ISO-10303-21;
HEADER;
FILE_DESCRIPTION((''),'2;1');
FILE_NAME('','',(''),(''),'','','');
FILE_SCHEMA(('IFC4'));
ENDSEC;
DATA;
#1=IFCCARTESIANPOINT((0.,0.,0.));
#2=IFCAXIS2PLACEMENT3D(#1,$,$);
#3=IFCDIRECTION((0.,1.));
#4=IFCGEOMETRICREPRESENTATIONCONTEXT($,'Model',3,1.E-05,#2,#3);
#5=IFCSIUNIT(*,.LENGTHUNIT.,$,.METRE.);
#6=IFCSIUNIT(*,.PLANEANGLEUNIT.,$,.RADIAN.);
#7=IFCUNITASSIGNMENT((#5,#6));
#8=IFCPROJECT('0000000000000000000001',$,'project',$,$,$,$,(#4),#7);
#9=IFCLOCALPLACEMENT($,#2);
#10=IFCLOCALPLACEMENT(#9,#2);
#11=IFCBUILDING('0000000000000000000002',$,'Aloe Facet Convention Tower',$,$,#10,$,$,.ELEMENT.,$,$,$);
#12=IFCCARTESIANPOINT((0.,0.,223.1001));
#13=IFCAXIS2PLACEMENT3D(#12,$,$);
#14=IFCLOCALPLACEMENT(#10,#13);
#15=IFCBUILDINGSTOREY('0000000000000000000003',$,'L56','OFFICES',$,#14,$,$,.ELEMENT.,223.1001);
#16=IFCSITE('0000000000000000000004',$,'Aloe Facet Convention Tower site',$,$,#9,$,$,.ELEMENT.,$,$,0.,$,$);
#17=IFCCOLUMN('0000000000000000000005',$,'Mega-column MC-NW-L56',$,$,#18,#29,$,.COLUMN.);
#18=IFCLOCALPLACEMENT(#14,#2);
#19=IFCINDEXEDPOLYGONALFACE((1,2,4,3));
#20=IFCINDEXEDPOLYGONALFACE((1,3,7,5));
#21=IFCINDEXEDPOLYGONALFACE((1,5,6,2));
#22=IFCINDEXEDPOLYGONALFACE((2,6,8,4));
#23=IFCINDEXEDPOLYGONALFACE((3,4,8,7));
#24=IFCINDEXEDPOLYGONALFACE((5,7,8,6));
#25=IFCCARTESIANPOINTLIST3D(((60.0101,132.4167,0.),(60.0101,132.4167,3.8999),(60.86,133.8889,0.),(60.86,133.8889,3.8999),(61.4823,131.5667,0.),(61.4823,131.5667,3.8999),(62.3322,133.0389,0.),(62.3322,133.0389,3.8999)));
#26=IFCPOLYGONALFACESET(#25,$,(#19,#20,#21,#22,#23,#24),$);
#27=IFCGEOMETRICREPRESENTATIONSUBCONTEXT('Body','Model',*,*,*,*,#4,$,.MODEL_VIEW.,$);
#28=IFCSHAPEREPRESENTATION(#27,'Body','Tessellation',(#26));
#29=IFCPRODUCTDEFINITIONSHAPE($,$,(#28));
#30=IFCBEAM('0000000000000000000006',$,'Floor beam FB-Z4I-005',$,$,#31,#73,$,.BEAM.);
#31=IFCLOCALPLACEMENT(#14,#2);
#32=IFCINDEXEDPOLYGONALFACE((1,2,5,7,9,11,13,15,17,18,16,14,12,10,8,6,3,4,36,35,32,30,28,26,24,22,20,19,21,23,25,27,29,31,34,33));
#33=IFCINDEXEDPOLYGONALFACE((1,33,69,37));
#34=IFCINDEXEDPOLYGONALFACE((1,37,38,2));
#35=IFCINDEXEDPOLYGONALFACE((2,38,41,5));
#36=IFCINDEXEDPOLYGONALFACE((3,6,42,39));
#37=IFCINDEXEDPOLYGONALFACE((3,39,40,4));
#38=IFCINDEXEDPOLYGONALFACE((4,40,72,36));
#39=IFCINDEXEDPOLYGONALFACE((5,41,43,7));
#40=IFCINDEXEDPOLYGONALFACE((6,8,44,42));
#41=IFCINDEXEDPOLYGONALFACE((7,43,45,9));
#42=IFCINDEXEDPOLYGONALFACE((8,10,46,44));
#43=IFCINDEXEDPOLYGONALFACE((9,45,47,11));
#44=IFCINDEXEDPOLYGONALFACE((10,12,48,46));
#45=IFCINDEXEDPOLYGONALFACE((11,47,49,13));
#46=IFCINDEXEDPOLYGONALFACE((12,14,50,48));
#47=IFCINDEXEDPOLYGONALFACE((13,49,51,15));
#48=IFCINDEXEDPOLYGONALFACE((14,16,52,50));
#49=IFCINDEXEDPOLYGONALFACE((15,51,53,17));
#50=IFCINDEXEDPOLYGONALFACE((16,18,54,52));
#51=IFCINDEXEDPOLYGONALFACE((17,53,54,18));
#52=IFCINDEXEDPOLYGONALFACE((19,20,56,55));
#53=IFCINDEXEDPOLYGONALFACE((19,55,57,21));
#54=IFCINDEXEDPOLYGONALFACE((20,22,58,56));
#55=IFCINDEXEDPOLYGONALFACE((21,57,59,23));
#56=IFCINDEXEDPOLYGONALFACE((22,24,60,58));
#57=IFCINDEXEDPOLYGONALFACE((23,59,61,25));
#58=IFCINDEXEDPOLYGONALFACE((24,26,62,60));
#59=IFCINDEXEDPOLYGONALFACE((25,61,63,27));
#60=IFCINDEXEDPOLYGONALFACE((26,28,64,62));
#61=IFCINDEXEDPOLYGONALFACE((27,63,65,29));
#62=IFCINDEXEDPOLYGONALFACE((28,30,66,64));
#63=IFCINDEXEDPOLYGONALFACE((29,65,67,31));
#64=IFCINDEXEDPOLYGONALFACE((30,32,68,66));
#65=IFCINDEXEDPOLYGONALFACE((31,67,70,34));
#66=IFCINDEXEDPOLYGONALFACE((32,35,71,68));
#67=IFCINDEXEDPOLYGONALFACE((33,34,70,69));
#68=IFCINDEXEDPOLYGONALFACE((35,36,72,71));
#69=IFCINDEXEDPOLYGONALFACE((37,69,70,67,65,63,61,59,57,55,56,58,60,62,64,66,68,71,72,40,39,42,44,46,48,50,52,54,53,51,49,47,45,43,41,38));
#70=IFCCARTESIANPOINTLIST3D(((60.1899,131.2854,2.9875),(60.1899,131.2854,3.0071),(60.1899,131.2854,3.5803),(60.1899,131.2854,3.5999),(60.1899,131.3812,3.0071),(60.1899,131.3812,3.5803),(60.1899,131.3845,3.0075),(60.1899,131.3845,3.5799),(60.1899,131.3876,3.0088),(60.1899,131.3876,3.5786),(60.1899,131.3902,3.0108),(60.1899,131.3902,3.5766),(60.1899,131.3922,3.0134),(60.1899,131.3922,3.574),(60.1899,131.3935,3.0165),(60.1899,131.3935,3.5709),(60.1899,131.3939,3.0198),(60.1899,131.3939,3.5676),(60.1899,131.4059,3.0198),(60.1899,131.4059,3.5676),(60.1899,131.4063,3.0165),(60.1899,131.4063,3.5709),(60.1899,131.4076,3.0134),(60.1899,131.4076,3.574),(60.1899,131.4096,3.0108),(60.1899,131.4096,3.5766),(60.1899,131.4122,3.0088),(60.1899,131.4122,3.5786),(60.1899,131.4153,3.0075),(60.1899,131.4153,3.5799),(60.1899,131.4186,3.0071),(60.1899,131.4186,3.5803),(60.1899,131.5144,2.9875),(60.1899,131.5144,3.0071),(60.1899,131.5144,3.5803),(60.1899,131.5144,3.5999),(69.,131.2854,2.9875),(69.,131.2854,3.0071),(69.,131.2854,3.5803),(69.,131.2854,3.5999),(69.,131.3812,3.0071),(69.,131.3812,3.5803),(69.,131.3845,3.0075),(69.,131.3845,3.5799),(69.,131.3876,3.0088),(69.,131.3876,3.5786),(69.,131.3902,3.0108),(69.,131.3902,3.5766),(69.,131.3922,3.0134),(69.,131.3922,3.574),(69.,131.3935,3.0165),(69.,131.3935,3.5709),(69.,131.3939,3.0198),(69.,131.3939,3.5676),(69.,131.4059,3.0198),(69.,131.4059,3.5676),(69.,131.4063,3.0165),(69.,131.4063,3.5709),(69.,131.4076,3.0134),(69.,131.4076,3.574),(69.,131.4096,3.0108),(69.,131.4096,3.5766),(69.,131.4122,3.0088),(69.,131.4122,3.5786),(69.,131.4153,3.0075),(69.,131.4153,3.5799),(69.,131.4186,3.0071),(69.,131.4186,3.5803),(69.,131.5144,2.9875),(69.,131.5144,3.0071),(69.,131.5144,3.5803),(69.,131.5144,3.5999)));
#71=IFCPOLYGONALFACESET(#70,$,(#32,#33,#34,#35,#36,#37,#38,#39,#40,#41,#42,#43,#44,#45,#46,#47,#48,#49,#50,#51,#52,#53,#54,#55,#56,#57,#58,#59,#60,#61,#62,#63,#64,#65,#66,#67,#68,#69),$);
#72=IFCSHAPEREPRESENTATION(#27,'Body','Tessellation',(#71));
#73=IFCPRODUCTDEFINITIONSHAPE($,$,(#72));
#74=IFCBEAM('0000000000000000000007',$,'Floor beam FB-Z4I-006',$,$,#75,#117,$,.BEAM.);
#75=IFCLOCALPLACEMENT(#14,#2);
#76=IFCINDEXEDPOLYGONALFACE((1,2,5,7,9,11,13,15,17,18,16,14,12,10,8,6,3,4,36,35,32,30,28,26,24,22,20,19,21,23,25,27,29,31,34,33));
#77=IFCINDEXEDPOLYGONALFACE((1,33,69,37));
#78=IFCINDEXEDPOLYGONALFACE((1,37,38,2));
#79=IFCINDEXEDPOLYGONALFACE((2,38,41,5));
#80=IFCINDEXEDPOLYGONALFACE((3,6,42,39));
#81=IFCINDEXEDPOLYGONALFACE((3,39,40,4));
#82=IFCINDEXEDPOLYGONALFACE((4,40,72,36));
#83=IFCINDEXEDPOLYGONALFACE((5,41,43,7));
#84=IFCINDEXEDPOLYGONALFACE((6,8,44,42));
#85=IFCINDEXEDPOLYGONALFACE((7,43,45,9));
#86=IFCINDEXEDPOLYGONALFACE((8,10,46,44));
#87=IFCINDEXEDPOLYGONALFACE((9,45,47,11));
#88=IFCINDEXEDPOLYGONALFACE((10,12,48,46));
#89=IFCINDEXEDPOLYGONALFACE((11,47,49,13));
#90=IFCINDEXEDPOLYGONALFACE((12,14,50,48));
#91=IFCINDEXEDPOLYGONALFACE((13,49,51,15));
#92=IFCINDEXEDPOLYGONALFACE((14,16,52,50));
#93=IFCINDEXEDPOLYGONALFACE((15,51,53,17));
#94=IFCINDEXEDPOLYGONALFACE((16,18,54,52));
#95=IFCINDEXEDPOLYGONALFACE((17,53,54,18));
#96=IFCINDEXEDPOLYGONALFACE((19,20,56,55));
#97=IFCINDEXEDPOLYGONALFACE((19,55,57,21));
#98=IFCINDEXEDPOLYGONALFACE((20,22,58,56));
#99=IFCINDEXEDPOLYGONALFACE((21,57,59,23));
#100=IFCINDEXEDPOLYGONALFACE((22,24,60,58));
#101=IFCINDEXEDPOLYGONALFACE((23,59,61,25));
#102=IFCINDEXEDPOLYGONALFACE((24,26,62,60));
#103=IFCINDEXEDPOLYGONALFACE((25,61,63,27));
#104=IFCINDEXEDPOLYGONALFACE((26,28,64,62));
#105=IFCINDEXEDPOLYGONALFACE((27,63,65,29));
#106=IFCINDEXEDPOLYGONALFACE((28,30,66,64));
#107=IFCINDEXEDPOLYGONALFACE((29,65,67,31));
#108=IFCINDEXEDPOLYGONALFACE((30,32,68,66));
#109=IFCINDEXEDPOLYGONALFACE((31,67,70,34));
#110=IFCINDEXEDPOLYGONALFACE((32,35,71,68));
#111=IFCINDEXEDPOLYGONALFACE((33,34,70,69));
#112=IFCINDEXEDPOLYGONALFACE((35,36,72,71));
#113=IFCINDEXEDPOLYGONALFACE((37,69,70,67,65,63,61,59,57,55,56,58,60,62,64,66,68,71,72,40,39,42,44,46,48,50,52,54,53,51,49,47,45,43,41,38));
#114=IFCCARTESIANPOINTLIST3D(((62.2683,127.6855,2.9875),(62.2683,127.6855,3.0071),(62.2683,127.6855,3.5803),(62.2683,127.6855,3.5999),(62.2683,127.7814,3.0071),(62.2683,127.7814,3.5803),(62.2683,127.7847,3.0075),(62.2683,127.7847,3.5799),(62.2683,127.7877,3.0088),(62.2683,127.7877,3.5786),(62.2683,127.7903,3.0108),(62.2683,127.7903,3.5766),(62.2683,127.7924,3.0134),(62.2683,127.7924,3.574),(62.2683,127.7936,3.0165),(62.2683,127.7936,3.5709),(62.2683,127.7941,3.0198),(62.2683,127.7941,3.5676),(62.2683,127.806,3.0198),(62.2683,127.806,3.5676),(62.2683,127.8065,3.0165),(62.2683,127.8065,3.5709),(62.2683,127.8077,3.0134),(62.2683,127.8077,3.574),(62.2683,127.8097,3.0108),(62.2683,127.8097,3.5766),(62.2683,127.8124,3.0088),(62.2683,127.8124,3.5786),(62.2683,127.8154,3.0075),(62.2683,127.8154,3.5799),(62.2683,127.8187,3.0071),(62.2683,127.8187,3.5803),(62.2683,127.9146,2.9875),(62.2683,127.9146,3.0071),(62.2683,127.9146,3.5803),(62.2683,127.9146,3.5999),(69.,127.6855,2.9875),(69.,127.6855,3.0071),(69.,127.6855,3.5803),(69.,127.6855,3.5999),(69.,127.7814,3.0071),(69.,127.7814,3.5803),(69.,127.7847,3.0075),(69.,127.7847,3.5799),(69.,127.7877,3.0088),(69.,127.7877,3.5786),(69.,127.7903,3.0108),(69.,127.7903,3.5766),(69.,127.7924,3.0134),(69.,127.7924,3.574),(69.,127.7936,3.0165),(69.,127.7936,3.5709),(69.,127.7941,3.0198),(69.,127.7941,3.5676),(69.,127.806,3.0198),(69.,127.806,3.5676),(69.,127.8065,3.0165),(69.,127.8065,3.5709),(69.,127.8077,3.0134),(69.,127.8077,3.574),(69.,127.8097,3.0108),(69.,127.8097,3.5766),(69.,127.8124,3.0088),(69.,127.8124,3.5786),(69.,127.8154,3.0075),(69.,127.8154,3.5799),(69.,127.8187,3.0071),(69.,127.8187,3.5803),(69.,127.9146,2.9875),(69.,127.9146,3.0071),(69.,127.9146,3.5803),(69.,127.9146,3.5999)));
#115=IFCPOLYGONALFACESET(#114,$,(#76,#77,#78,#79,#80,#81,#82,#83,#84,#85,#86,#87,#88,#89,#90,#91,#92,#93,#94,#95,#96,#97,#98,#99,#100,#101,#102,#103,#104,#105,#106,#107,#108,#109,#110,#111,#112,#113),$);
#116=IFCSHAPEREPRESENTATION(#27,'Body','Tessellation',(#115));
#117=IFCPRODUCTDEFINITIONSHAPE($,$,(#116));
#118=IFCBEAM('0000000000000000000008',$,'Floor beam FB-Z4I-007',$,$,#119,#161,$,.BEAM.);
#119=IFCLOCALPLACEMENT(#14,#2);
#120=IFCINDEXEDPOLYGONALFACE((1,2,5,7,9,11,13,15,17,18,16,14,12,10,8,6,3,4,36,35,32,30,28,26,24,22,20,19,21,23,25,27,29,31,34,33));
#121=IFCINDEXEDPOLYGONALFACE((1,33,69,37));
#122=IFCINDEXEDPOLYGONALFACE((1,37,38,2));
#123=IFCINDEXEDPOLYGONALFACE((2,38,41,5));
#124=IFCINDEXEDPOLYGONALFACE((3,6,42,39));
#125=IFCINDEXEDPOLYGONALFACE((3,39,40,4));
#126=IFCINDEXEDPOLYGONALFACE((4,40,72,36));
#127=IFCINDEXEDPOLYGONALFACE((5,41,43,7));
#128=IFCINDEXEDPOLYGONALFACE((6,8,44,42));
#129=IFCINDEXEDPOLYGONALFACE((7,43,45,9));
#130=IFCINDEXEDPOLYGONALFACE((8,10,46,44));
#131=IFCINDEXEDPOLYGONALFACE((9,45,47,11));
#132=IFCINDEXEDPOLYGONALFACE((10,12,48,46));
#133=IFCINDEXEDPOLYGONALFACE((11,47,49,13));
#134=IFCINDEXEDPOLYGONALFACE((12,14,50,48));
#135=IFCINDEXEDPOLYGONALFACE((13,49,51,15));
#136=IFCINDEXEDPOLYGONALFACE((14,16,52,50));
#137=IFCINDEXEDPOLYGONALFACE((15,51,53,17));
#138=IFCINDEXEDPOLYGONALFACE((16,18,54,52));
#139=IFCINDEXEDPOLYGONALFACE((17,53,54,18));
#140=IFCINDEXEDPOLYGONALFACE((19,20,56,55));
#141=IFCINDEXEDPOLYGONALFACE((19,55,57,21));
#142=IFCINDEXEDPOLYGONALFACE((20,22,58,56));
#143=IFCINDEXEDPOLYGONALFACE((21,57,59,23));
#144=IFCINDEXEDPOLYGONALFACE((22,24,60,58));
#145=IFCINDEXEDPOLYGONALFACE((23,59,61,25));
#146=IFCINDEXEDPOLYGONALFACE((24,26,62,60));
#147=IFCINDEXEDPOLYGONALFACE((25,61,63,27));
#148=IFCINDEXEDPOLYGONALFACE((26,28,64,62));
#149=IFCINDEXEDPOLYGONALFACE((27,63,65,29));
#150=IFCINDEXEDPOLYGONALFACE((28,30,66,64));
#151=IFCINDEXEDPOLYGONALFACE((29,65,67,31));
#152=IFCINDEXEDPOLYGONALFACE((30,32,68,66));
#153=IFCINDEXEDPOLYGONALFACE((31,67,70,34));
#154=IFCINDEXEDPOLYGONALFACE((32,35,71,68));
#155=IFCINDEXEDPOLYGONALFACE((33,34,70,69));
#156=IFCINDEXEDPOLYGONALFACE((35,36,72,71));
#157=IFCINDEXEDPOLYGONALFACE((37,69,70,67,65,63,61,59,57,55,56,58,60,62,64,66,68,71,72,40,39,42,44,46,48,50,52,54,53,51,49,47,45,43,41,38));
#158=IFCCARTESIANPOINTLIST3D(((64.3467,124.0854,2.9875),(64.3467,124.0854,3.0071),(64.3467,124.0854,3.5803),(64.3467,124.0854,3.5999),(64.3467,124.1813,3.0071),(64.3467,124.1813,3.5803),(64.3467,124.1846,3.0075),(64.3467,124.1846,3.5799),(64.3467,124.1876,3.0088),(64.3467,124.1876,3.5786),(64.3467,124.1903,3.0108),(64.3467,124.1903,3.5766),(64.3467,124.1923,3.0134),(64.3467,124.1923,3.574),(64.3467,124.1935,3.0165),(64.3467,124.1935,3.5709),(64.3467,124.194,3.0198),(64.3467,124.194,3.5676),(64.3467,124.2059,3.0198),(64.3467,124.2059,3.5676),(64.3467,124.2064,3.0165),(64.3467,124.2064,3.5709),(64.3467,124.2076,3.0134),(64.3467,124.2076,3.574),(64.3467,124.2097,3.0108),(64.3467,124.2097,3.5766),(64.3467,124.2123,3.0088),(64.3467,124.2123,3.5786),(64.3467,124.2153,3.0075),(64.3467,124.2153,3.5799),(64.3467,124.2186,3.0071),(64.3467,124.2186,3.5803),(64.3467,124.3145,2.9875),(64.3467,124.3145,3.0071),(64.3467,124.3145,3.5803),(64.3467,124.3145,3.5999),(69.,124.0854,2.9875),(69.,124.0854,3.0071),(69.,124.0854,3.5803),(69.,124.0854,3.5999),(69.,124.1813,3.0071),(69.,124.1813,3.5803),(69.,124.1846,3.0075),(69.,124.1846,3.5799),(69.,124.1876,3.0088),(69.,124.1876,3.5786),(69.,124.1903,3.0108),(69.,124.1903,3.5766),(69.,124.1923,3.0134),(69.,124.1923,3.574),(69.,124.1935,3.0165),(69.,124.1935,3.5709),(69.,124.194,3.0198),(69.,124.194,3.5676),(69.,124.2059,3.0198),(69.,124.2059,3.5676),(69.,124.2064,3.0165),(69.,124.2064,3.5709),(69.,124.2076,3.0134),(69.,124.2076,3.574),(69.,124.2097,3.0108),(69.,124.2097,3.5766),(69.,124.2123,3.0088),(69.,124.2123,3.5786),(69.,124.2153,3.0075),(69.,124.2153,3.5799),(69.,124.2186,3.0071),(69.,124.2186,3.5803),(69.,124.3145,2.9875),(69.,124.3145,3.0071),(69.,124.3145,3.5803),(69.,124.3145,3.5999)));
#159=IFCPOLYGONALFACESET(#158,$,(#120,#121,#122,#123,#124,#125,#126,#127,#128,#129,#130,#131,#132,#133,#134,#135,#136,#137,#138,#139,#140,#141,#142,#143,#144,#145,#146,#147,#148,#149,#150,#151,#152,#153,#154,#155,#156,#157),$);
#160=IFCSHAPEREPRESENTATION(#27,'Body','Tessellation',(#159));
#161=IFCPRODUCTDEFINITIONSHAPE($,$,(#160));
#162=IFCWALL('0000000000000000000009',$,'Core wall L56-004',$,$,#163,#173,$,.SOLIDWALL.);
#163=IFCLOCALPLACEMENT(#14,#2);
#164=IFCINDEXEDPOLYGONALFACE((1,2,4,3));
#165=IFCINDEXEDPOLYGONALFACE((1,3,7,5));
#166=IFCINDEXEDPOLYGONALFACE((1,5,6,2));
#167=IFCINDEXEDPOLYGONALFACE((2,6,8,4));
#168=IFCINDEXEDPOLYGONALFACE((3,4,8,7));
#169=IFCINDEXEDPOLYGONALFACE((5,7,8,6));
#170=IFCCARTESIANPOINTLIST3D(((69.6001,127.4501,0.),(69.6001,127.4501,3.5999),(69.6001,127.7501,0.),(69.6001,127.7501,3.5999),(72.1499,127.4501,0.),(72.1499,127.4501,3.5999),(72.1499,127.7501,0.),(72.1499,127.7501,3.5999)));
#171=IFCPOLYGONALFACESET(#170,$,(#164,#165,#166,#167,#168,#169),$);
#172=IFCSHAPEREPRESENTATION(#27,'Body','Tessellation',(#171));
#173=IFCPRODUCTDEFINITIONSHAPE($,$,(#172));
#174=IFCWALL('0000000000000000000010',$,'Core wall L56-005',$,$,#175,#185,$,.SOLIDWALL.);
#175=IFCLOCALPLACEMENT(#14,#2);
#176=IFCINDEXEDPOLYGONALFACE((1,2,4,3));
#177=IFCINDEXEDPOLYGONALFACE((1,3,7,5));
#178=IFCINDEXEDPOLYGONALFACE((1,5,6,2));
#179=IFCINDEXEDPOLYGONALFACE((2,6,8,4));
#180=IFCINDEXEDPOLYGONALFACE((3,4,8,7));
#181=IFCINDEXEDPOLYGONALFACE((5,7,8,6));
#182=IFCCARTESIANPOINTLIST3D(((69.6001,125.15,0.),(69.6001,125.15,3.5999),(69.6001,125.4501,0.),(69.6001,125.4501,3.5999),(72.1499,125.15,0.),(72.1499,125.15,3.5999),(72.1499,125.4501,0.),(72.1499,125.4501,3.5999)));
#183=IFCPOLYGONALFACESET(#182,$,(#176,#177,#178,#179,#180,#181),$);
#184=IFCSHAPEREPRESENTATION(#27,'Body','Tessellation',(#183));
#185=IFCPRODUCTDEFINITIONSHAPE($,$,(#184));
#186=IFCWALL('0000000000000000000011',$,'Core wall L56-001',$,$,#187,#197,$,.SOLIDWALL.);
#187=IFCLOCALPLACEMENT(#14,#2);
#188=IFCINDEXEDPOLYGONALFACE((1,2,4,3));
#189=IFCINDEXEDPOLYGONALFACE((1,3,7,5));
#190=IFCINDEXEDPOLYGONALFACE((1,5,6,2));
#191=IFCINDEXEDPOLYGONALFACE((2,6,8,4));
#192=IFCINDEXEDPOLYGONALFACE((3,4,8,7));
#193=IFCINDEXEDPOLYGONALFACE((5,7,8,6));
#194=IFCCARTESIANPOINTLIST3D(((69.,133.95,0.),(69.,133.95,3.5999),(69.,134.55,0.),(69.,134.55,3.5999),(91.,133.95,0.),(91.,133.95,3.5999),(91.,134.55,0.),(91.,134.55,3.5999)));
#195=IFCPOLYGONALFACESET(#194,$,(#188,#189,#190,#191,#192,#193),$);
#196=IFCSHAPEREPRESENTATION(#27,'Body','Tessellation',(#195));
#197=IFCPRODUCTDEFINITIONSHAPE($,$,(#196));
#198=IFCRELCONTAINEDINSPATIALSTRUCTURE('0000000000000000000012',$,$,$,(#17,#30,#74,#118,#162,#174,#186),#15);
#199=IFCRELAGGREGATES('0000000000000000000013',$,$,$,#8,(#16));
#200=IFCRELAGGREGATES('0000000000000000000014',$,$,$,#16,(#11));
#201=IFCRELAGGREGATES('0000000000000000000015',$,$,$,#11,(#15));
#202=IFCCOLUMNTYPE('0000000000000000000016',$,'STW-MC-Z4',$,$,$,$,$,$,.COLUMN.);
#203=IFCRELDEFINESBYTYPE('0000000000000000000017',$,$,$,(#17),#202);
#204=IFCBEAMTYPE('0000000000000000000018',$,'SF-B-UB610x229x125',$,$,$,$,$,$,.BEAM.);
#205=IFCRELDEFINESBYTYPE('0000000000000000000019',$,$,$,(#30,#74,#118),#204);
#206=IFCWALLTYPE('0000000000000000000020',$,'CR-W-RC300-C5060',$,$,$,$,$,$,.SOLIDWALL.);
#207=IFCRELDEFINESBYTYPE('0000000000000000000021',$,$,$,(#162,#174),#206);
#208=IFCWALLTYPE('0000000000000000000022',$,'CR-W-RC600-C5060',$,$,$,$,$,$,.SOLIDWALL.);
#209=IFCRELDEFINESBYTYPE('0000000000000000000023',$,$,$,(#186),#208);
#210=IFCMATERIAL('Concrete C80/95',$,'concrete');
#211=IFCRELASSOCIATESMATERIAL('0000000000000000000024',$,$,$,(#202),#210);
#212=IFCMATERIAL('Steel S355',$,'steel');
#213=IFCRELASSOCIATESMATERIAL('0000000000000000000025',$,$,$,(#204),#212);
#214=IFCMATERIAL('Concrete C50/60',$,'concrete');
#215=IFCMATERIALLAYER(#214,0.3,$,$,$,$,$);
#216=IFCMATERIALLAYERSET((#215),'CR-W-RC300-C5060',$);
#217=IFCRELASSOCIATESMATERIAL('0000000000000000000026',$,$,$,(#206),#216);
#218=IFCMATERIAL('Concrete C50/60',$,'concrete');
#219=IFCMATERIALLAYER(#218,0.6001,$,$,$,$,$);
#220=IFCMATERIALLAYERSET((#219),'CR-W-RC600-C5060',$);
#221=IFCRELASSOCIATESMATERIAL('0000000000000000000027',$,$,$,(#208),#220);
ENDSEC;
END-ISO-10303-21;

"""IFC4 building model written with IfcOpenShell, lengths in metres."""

from ifc_helpers import new_model, si_unit, direction, frame, frame_2d, origin, origin_2d, place, context, subcontext, project, spatial, rectangle, i_section, extrude, material, layer, layer_set, material_profile, profile_set, type_object, element, save


model = new_model("IFC4")

# Units and contexts
model_context = context("Model", 3, precision=1e-05, world=origin(), true_north=direction((0.0, 1.0)))
body_context = subcontext(model_context, "Body", "Model", "MODEL_VIEW")
ifc_project = project(units=[si_unit("LENGTHUNIT", "METRE"), si_unit("PLANEANGLEUNIT", "RADIAN")], contexts=[model_context])

# Site, building, storey
site_placement = place(None, origin())
site = spatial("IfcSite", under=ifc_project, at=site_placement, Name="Aloe Facet Convention Tower site", CompositionType="ELEMENT", RefElevation=0.0)
building_placement = place(site_placement, origin())
building = spatial("IfcBuilding", under=site, at=building_placement, Name="Aloe Facet Convention Tower", CompositionType="ELEMENT")
storey_placement = place(building_placement, frame((0.0, 0.0, 223.1001)))
storey = spatial("IfcBuildingStorey", under=building, at=storey_placement, Name="L56", Description="OFFICES", CompositionType="ELEMENT", Elevation=223.1001)

# Column
ifc_material_1 = material(Name="Concrete C80/95", Category="concrete")
ifc_material_profile_1 = material_profile(ifc_material_1, rectangle(XDim=1.7, YDim=1.7, at=origin_2d()), Name="STW-MC-Z4")
ifc_profile_set_1 = profile_set([ifc_material_profile_1], Name="Concrete C80/95")
column_type = type_object("IfcColumnType", Name="STW-MC-Z4", PredefinedType="COLUMN", material=ifc_profile_set_1)
column_placement = place(storey_placement, frame((61.1711, 132.7278, 0.0), z_axis=(0.0, 0.0, 1.0), x_axis=(-0.5, -0.866025, 0.0)))
element("IfcColumn", 1, at=column_placement, inside=storey, type_object=column_type, Name="Mega-column MC-NW-L56", PredefinedType="COLUMN", context=body_context, shape_type="SweptSolid", body=[
    extrude(rectangle(XDim=1.7, YDim=1.7, at=origin_2d()), origin(), (0.0, 0.0, 1.0), 3.8999),
])

# Beams
ifc_material_2 = material(Name="Steel S355", Category="steel")
ifc_material_profile_2 = material_profile(ifc_material_2, i_section(OverallWidth=0.229, OverallDepth=0.6123, WebThickness=0.012, FlangeThickness=0.0195, FilletRadius=0.0127, at=origin_2d()), Name="UB 610x229x125")
ifc_profile_set_2 = profile_set([ifc_material_profile_2], Name="Steel S355")
beam_type = type_object("IfcBeamType", Name="SF-B-UB610x229x125", PredefinedType="BEAM", material=ifc_profile_set_2)
beam_1_placement = place(storey_placement, frame((60.1899, 131.3999, 3.2937), z_axis=(1.0, 0.0, 0.0), x_axis=(0.0, 1.0, 0.0)))
element("IfcBeam", 2, at=beam_1_placement, inside=storey, type_object=beam_type, Name="Floor beam FB-Z4I-005", PredefinedType="BEAM", context=body_context, shape_type="SweptSolid", body=[
    extrude(i_section(OverallWidth=0.229, OverallDepth=0.6123, WebThickness=0.012, FlangeThickness=0.0195, FilletRadius=0.0127, at=origin_2d()), origin(), (0.0, 0.0, 1.0), 8.8101),
])
beam_2_placement = place(storey_placement, frame((62.2683, 127.8, 3.2937), z_axis=(1.0, 0.0, 0.0), x_axis=(0.0, 1.0, 0.0)))
element("IfcBeam", 3, at=beam_2_placement, inside=storey, type_object=beam_type, Name="Floor beam FB-Z4I-006", PredefinedType="BEAM", context=body_context, shape_type="SweptSolid", body=[
    extrude(i_section(OverallWidth=0.229, OverallDepth=0.6123, WebThickness=0.012, FlangeThickness=0.0195, FilletRadius=0.0127, at=origin_2d()), origin(), (0.0, 0.0, 1.0), 6.7317),
])
beam_3_placement = place(storey_placement, frame((64.3467, 124.2, 3.2937), z_axis=(1.0, 0.0, 0.0), x_axis=(0.0, 1.0, 0.0)))
element("IfcBeam", 4, at=beam_3_placement, inside=storey, type_object=beam_type, Name="Floor beam FB-Z4I-007", PredefinedType="BEAM", context=body_context, shape_type="SweptSolid", body=[
    extrude(i_section(OverallWidth=0.229, OverallDepth=0.6123, WebThickness=0.012, FlangeThickness=0.0195, FilletRadius=0.0127, at=origin_2d()), origin(), (0.0, 0.0, 1.0), 4.6533),
])

# Walls
ifc_material_3 = material(Name="Concrete C50/60", Category="concrete")
ifc_layer_1 = layer(ifc_material_3, 0.3)
ifc_layer_set_1 = layer_set([ifc_layer_1], Name="CR-W-RC300-C5060")
wall_type_1 = type_object("IfcWallType", Name="CR-W-RC300-C5060", PredefinedType="SOLIDWALL", material=ifc_layer_set_1)
for number, where, z_axis, x_axis, name in (
    (5, (69.6001, 127.6001, 0.0), (0.0, 0.0, 1.0), (1.0, 0.0, 0.0), "Core wall L56-004"),
    (6, (69.6001, 125.3, 0.0), (0.0, 0.0, 1.0), (1.0, 0.0, 0.0), "Core wall L56-005"),
):
    element("IfcWall", number, at=place(storey_placement, frame(where, z_axis=z_axis, x_axis=x_axis)), inside=storey, type_object=wall_type_1, Name=name, PredefinedType="SOLIDWALL", context=body_context, shape_type="SweptSolid", body=[
        extrude(rectangle(XDim=2.5498, YDim=0.3, at=frame_2d((1.2749, 0.0))), origin(), (0.0, 0.0, 1.0), 3.5999),
    ])
ifc_material_4 = material(Name="Concrete C50/60", Category="concrete")
ifc_layer_2 = layer(ifc_material_4, 0.6001)
ifc_layer_set_2 = layer_set([ifc_layer_2], Name="CR-W-RC600-C5060")
wall_type_2 = type_object("IfcWallType", Name="CR-W-RC600-C5060", PredefinedType="SOLIDWALL", material=ifc_layer_set_2)
wall_1_placement = place(storey_placement, frame((69.0, 134.25, 0.0), z_axis=(0.0, 0.0, 1.0), x_axis=(1.0, 0.0, 0.0)))
element("IfcWall", 7, at=wall_1_placement, inside=storey, type_object=wall_type_2, Name="Core wall L56-001", PredefinedType="SOLIDWALL", context=body_context, shape_type="SweptSolid", body=[
    extrude(rectangle(XDim=22.0, YDim=0.6001, at=frame_2d((11.0, 0.0))), origin(), (0.0, 0.0, 1.0), 3.5999),
])

save(model, "model.ifc")
